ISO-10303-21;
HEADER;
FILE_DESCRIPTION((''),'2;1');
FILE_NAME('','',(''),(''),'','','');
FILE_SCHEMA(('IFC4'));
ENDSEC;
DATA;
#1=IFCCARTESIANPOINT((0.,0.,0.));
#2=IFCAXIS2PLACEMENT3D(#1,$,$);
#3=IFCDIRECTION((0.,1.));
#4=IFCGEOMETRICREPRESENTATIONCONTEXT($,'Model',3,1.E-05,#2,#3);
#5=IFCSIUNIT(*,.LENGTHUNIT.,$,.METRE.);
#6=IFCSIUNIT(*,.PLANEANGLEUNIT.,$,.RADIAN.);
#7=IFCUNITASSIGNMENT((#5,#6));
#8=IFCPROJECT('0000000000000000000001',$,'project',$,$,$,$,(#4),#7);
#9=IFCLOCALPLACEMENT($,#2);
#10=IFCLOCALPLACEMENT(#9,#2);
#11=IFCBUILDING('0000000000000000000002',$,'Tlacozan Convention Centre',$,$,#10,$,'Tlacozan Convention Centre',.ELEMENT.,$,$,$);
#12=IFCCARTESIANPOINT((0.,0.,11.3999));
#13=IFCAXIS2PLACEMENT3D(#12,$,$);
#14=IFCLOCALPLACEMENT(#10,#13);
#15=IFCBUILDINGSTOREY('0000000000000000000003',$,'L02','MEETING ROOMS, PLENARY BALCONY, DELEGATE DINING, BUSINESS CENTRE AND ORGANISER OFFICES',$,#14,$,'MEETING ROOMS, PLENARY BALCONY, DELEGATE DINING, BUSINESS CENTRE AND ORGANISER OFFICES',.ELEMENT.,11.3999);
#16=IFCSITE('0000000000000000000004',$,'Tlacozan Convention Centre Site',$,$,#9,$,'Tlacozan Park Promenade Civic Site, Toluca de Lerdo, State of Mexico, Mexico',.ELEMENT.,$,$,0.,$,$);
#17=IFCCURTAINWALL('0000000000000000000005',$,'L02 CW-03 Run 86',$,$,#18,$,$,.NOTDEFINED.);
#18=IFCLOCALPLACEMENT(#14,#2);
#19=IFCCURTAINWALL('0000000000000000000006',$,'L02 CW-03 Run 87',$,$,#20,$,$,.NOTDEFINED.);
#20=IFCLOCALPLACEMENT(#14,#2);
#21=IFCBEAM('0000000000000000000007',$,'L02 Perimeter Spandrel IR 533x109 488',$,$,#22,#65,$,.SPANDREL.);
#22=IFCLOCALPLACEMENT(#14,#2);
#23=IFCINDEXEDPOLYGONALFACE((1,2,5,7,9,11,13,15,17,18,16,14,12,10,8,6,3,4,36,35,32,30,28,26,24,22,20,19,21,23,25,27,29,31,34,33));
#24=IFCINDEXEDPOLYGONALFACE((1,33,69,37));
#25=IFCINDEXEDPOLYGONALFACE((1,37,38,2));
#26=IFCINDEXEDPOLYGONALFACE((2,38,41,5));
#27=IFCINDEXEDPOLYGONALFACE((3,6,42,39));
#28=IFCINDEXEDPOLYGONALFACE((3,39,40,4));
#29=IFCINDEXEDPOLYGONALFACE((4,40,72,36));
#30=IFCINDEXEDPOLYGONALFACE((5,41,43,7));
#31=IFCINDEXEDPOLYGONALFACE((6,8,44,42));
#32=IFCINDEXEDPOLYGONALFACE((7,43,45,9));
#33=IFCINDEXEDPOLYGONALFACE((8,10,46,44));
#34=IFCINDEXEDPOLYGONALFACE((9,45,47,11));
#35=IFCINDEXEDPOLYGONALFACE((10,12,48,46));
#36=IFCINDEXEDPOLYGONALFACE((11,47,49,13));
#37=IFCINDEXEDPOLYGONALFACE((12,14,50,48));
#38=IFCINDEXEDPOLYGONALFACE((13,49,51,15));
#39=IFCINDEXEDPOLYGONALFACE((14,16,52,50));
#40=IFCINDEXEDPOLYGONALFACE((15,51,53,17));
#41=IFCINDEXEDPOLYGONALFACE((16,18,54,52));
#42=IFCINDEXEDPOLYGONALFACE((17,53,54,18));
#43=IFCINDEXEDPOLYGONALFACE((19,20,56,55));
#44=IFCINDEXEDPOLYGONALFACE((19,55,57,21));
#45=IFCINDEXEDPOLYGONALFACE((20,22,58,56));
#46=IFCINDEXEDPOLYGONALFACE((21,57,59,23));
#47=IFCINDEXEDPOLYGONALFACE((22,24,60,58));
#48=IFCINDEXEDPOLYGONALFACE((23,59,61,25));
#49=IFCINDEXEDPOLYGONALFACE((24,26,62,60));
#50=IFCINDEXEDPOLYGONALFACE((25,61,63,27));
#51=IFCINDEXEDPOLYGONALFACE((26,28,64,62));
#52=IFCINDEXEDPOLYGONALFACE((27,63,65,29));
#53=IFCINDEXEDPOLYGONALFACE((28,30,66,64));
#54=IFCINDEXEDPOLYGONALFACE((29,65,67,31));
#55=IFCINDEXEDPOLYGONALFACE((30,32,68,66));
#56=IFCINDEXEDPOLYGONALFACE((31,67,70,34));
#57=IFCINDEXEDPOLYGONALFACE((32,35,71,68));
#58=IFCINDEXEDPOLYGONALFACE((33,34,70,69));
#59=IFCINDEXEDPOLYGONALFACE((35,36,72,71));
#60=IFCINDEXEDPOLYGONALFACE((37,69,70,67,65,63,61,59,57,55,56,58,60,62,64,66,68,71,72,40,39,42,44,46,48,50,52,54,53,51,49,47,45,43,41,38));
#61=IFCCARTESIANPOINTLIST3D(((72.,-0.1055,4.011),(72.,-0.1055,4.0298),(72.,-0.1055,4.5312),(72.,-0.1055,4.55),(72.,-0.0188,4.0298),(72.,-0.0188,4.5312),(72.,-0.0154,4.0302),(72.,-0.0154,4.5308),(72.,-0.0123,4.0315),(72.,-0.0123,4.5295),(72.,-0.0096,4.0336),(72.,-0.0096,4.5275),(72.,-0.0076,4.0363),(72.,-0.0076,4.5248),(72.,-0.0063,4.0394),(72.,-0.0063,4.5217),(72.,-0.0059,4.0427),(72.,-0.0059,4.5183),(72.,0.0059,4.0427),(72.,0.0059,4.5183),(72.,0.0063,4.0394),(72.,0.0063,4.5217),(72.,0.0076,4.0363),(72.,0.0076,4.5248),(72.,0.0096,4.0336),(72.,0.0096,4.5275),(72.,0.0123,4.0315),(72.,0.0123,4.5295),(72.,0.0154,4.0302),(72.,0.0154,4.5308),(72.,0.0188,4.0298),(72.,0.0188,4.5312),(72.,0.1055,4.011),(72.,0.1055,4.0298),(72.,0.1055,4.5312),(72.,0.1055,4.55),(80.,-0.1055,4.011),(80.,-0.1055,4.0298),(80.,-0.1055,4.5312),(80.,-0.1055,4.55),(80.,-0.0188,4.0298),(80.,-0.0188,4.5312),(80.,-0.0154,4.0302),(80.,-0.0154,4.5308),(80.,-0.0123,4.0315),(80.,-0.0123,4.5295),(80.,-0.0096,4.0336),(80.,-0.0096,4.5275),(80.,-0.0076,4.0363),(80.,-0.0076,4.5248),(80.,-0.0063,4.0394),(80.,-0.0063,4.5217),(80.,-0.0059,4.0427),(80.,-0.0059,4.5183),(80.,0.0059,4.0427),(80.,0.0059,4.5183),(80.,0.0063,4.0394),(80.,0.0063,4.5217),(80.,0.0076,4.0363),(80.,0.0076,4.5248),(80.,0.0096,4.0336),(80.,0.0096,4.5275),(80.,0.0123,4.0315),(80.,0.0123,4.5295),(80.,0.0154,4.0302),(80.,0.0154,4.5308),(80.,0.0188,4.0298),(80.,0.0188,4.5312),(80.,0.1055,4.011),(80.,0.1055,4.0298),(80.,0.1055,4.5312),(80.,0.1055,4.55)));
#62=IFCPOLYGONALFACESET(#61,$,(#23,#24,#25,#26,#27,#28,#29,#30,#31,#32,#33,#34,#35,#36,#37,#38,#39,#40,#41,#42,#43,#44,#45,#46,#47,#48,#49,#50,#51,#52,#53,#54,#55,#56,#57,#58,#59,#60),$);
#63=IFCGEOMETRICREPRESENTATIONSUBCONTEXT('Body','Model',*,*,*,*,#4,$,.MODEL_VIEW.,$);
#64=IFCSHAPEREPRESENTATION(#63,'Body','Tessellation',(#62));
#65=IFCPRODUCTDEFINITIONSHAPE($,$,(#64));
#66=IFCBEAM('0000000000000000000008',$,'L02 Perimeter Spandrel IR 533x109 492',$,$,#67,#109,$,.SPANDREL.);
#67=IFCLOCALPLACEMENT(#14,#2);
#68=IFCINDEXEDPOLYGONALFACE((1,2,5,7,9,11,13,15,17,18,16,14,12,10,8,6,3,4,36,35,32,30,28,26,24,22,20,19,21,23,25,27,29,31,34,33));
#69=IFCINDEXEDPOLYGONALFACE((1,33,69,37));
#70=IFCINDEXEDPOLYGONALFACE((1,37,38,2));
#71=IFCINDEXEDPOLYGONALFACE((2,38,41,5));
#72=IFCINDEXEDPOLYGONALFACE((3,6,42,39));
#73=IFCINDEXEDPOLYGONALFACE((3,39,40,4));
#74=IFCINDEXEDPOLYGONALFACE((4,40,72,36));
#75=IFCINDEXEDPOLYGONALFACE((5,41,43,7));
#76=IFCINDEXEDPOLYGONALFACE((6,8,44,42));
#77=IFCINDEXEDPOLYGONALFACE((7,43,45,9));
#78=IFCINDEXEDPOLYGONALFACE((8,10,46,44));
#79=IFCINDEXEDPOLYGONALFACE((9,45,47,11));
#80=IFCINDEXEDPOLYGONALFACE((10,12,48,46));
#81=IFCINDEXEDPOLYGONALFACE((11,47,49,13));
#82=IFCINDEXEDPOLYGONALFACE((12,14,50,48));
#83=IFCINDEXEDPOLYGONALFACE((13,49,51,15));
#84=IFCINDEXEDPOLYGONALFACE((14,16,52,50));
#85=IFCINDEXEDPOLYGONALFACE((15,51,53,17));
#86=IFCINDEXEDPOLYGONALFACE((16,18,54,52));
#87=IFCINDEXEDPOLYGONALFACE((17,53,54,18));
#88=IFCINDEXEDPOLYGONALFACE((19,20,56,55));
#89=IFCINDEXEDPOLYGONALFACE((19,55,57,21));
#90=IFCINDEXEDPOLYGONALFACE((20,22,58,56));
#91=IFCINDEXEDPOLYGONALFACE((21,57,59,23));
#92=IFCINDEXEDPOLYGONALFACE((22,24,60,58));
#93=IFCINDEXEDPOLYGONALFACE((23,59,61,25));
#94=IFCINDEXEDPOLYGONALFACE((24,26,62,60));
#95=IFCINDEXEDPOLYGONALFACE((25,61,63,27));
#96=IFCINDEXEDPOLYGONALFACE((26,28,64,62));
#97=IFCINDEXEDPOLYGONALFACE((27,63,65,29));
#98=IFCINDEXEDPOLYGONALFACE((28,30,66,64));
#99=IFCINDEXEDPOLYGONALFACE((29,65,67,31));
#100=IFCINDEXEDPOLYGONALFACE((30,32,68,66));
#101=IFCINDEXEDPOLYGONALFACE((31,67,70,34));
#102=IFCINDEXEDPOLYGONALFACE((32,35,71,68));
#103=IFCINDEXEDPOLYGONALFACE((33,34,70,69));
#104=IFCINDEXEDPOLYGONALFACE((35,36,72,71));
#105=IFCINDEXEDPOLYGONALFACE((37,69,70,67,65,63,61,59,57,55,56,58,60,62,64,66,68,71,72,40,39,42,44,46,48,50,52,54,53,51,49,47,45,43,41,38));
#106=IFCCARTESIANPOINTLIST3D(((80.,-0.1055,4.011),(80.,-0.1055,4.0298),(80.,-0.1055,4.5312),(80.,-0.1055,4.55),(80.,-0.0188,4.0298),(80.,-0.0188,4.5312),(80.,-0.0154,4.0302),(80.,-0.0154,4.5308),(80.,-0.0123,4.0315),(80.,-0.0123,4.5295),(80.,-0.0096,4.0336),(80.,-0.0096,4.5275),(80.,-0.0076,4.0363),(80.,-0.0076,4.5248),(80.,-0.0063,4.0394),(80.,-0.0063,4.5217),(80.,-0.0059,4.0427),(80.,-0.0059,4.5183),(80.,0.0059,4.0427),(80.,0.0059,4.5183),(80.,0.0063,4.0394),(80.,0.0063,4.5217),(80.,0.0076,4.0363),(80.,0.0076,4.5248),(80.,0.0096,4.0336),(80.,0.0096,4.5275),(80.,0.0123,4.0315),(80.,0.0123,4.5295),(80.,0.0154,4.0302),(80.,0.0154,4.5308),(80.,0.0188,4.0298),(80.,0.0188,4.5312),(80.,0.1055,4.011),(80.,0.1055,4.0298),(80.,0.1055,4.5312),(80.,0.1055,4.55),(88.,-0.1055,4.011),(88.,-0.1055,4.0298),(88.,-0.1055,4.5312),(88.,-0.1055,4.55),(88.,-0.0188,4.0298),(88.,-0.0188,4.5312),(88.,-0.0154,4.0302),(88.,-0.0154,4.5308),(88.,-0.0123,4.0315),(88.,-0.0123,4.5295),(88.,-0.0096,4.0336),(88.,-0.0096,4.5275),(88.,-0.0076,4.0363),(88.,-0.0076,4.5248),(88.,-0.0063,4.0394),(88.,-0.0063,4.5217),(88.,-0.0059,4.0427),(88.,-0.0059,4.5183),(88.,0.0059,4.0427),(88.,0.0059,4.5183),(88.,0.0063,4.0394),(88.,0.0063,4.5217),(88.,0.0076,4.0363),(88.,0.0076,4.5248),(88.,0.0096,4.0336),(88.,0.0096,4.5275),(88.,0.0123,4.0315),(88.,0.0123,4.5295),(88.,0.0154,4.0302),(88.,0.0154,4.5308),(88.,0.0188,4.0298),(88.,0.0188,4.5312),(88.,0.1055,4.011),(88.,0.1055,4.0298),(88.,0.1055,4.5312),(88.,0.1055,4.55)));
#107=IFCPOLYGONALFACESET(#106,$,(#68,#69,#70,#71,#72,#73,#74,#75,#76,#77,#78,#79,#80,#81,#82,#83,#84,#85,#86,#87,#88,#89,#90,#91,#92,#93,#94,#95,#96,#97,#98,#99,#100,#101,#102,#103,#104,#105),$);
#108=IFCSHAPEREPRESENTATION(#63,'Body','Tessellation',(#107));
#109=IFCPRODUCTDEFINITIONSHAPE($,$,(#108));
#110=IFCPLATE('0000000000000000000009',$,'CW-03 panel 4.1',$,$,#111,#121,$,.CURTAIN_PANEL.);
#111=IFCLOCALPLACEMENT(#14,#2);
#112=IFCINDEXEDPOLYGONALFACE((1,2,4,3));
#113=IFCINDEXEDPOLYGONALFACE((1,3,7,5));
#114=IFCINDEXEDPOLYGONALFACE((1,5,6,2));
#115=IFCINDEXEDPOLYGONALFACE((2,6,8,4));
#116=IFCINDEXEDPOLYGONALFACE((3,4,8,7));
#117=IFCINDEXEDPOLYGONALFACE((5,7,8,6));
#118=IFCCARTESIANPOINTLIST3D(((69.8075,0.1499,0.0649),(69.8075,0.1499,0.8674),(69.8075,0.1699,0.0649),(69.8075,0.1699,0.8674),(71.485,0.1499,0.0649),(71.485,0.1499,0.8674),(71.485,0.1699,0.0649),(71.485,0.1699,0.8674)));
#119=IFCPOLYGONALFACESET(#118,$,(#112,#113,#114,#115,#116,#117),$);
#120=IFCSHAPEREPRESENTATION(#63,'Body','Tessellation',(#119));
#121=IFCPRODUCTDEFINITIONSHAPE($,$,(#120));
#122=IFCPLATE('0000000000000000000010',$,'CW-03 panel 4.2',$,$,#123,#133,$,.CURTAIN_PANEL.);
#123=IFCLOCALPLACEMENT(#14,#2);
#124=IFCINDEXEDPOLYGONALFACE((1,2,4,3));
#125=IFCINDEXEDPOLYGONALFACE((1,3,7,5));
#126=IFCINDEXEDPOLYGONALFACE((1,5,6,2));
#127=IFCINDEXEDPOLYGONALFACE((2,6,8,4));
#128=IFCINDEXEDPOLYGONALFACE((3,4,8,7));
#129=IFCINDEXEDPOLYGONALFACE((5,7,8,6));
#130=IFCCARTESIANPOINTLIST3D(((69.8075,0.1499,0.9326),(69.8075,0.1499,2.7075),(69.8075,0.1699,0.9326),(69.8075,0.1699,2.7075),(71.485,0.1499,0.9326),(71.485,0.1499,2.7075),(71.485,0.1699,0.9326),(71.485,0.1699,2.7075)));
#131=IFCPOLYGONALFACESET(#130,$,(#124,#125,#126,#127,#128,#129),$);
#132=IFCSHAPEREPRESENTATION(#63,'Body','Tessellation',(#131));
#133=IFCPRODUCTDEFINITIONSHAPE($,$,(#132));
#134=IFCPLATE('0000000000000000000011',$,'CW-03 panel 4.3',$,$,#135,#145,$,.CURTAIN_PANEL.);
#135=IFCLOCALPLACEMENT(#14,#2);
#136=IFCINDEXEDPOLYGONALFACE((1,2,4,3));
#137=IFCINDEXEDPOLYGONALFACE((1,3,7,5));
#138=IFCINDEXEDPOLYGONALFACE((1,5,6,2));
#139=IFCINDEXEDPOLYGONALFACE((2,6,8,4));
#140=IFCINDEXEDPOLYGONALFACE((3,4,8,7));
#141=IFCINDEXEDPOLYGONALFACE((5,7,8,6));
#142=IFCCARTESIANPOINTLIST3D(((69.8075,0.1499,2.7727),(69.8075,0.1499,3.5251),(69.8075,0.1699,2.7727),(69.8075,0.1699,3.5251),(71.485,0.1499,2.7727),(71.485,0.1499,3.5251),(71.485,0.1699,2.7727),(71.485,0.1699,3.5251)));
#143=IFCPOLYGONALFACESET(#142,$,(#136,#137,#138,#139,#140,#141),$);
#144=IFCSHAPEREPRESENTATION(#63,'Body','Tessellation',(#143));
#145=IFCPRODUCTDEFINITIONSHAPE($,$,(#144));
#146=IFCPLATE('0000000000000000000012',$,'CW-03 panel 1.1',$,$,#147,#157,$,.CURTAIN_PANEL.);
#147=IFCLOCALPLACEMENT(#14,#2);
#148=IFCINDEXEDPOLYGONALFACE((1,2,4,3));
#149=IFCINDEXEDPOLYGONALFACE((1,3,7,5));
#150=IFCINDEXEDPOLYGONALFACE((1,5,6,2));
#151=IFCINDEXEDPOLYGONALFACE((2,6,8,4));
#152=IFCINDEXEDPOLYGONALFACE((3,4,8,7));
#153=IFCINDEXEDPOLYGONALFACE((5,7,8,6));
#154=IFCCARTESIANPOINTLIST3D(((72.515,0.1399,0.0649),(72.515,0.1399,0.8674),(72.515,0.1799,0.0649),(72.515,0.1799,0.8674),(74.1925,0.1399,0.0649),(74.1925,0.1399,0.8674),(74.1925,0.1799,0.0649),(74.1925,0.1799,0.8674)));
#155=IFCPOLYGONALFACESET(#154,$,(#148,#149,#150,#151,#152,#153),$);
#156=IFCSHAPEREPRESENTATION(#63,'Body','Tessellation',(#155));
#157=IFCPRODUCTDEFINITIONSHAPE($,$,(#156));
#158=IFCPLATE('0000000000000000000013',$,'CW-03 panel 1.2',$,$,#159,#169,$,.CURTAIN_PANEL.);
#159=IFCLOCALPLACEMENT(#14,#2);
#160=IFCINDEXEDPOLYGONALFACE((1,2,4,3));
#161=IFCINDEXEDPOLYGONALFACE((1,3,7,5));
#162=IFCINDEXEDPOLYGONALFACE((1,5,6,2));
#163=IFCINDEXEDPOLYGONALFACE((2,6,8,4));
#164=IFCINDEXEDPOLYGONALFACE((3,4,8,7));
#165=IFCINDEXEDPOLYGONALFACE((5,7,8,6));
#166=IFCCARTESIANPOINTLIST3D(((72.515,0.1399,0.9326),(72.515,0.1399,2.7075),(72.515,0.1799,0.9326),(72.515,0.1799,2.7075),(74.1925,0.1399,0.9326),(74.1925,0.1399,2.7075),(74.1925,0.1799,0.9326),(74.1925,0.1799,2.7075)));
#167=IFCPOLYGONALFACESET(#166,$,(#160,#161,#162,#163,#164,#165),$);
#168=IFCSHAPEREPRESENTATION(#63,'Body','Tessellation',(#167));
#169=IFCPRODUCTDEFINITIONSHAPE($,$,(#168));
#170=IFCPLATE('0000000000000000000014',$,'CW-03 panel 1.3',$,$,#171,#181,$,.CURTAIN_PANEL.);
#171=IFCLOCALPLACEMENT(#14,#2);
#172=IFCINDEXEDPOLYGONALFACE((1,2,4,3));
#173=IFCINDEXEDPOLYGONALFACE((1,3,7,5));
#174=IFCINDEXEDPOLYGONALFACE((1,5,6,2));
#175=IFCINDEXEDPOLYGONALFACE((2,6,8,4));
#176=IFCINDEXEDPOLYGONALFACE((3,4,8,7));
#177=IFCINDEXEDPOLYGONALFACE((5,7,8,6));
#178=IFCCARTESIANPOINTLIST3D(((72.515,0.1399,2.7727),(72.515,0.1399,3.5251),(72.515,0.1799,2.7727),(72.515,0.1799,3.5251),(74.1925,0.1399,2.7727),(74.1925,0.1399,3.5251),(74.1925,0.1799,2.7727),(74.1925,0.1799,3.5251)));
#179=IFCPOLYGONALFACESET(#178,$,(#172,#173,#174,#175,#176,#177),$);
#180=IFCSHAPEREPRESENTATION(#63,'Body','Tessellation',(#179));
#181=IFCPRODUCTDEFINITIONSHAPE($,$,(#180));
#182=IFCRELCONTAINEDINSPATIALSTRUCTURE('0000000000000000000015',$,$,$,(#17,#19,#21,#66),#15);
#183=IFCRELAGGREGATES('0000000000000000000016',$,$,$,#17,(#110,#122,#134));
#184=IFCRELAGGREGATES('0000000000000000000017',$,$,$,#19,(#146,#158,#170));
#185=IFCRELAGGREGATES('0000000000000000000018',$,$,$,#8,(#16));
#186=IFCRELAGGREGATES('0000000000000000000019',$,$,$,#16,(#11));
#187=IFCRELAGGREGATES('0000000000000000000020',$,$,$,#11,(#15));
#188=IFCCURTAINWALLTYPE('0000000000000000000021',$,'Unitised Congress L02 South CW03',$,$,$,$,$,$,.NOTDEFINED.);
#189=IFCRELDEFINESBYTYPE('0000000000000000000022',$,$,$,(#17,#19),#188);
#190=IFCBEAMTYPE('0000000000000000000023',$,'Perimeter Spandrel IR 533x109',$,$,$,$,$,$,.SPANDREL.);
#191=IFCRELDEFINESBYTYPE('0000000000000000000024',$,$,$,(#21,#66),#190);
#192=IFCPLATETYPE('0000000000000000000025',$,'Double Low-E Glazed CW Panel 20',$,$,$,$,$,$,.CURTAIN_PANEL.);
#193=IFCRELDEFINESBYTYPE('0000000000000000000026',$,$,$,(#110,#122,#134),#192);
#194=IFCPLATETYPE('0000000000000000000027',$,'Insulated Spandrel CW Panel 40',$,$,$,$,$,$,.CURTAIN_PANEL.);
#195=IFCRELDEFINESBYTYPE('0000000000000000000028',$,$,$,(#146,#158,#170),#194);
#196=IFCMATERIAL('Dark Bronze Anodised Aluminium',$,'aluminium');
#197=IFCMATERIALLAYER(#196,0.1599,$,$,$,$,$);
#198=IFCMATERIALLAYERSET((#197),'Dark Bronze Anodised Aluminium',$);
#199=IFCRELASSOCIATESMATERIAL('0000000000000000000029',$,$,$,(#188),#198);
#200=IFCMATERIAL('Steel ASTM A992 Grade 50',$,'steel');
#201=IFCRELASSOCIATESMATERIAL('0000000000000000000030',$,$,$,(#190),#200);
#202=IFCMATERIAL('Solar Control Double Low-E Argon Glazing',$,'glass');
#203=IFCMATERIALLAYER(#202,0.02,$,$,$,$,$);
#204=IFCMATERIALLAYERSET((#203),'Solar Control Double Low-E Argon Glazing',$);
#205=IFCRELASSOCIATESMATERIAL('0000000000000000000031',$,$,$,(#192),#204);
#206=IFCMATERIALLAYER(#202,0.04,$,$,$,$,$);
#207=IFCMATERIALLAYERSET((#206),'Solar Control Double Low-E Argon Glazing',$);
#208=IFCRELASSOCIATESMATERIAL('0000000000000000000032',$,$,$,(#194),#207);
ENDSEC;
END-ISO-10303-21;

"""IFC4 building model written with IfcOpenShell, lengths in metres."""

from ifc_helpers import new_model, si_unit, direction, frame, origin, origin_2d, place, context, subcontext, project, spatial, rectangle, i_section, extrude, material, layer, layer_set, material_profile, profile_set, type_object, element, aggregate, save


model = new_model("IFC4")

# Units and contexts
model_context = context("Model", 3, precision=1e-05, world=origin(), true_north=direction((0.0, 1.0)))
body_context = subcontext(model_context, "Body", "Model", "MODEL_VIEW")
ifc_project = project(units=[si_unit("LENGTHUNIT", "METRE"), si_unit("PLANEANGLEUNIT", "RADIAN")], contexts=[model_context])

# Site, building, storey
site_placement = place(None, origin())
site = spatial("IfcSite", under=ifc_project, at=site_placement, Name="Tlacozan Convention Centre Site", LongName="Tlacozan Park Promenade Civic Site, Toluca de Lerdo, State of Mexico, Mexico", CompositionType="ELEMENT", RefElevation=0.0)
building_placement = place(site_placement, origin())
building = spatial("IfcBuilding", under=site, at=building_placement, Name="Tlacozan Convention Centre", LongName="Tlacozan Convention Centre", CompositionType="ELEMENT")
storey_placement = place(building_placement, frame((0.0, 0.0, 11.3999)))
storey = spatial("IfcBuildingStorey", under=building, at=storey_placement, Name="L02", Description="MEETING ROOMS, PLENARY BALCONY, DELEGATE DINING, BUSINESS CENTRE AND ORGANISER OFFICES", LongName="MEETING ROOMS, PLENARY BALCONY, DELEGATE DINING, BUSINESS CENTRE AND ORGANISER OFFICES", CompositionType="ELEMENT", Elevation=11.3999)

# Curtain walls
ifc_material_1 = material(Name="Dark Bronze Anodised Aluminium", Category="aluminium")
ifc_layer_1 = layer(ifc_material_1, 0.1599)
ifc_layer_set_1 = layer_set([ifc_layer_1], Name="Dark Bronze Anodised Aluminium")
curtain_wall_type = type_object("IfcCurtainWallType", Name="Unitised Congress L02 South CW03", PredefinedType="NOTDEFINED", material=ifc_layer_set_1)
curtain_wall_1_placement = place(storey_placement, origin())
curtain_wall_1 = element("IfcCurtainWall", 1, at=curtain_wall_1_placement, inside=storey, type_object=curtain_wall_type, Name="L02 CW-03 Run 86", PredefinedType="NOTDEFINED")
curtain_wall_2_placement = place(storey_placement, origin())
curtain_wall_2 = element("IfcCurtainWall", 2, at=curtain_wall_2_placement, inside=storey, type_object=curtain_wall_type, Name="L02 CW-03 Run 87", PredefinedType="NOTDEFINED")

# Beams
ifc_material_2 = material(Name="Steel ASTM A992 Grade 50", Category="steel")
ifc_material_profile_1 = material_profile(ifc_material_2, i_section(OverallWidth=0.2109, OverallDepth=0.5391, WebThickness=0.0117, FlangeThickness=0.0188, FilletRadius=0.0129, at=origin_2d()), Name="IR 533x109.0")
ifc_profile_set_1 = profile_set([ifc_material_profile_1], Name="Steel ASTM A992 Grade 50")
beam_type_1 = type_object("IfcBeamType", Name="Perimeter Spandrel IR 533x109", PredefinedType="SPANDREL", material=ifc_profile_set_1)
for number, where, z_axis, x_axis, name in (
    (3, (72.0, 0.0, 4.2805), (1.0, 0.0, 0.0), (0.0, 1.0, 0.0), "L02 Perimeter Spandrel IR 533x109 488"),
    (4, (80.0, 0.0, 4.2805), (1.0, 0.0, 0.0), (0.0, 1.0, 0.0), "L02 Perimeter Spandrel IR 533x109 492"),
):
    element("IfcBeam", number, at=place(storey_placement, frame(where, z_axis=z_axis, x_axis=x_axis)), inside=storey, type_object=beam_type_1, Name=name, PredefinedType="SPANDREL", context=body_context, shape_type="SweptSolid", body=[
        extrude(i_section(OverallWidth=0.2109, OverallDepth=0.5391, WebThickness=0.0117, FlangeThickness=0.0188, FilletRadius=0.0129, at=origin_2d()), origin(), (0.0, 0.0, 1.0), 8.0),
    ])

# Plates
ifc_material_3 = material(Name="Solar Control Double Low-E Argon Glazing", Category="glass")
ifc_layer_2 = layer(ifc_material_3, 0.02)
ifc_layer_set_2 = layer_set([ifc_layer_2], Name="Solar Control Double Low-E Argon Glazing")
plate_type_1 = type_object("IfcPlateType", Name="Double Low-E Glazed CW Panel 20", PredefinedType="CURTAIN_PANEL", material=ifc_layer_set_2)
plate_1_placement = place(storey_placement, frame((70.6462, 0.1599, 0.0649), z_axis=(0.0, 0.0, 1.0), x_axis=(1.0, 0.0, 0.0)))
plate_1 = element("IfcPlate", 5, at=plate_1_placement, type_object=plate_type_1, Name="CW-03 panel 4.1", PredefinedType="CURTAIN_PANEL", context=body_context, shape_type="SweptSolid", body=[
    extrude(rectangle(XDim=1.6775, YDim=0.02, at=origin_2d()), origin(), (0.0, 0.0, 1.0), 0.8025),
])
plate_2_placement = place(storey_placement, frame((70.6462, 0.1599, 0.9326), z_axis=(0.0, 0.0, 1.0), x_axis=(1.0, 0.0, 0.0)))
plate_2 = element("IfcPlate", 6, at=plate_2_placement, type_object=plate_type_1, Name="CW-03 panel 4.2", PredefinedType="CURTAIN_PANEL", context=body_context, shape_type="SweptSolid", body=[
    extrude(rectangle(XDim=1.6775, YDim=0.02, at=origin_2d()), origin(), (0.0, 0.0, 1.0), 1.7749),
])
plate_3_placement = place(storey_placement, frame((70.6462, 0.1599, 2.7727), z_axis=(0.0, 0.0, 1.0), x_axis=(1.0, 0.0, 0.0)))
plate_3 = element("IfcPlate", 7, at=plate_3_placement, type_object=plate_type_1, Name="CW-03 panel 4.3", PredefinedType="CURTAIN_PANEL", context=body_context, shape_type="SweptSolid", body=[
    extrude(rectangle(XDim=1.6775, YDim=0.02, at=origin_2d()), origin(), (0.0, 0.0, 1.0), 0.7524),
])
aggregate(curtain_wall_1, [plate_1, plate_2, plate_3])
ifc_layer_3 = layer(ifc_material_3, 0.04)
ifc_layer_set_3 = layer_set([ifc_layer_3], Name="Solar Control Double Low-E Argon Glazing")
plate_type_2 = type_object("IfcPlateType", Name="Insulated Spandrel CW Panel 40", PredefinedType="CURTAIN_PANEL", material=ifc_layer_set_3)
plate_4_placement = place(storey_placement, frame((73.3538, 0.1599, 0.0649), z_axis=(0.0, 0.0, 1.0), x_axis=(1.0, 0.0, 0.0)))
plate_4 = element("IfcPlate", 8, at=plate_4_placement, type_object=plate_type_2, Name="CW-03 panel 1.1", PredefinedType="CURTAIN_PANEL", context=body_context, shape_type="SweptSolid", body=[
    extrude(rectangle(XDim=1.6775, YDim=0.04, at=origin_2d()), origin(), (0.0, 0.0, 1.0), 0.8025),
])
plate_5_placement = place(storey_placement, frame((73.3538, 0.1599, 0.9326), z_axis=(0.0, 0.0, 1.0), x_axis=(1.0, 0.0, 0.0)))
plate_5 = element("IfcPlate", 9, at=plate_5_placement, type_object=plate_type_2, Name="CW-03 panel 1.2", PredefinedType="CURTAIN_PANEL", context=body_context, shape_type="SweptSolid", body=[
    extrude(rectangle(XDim=1.6775, YDim=0.04, at=origin_2d()), origin(), (0.0, 0.0, 1.0), 1.7749),
])
plate_6_placement = place(storey_placement, frame((73.3538, 0.1599, 2.7727), z_axis=(0.0, 0.0, 1.0), x_axis=(1.0, 0.0, 0.0)))
plate_6 = element("IfcPlate", 10, at=plate_6_placement, type_object=plate_type_2, Name="CW-03 panel 1.3", PredefinedType="CURTAIN_PANEL", context=body_context, shape_type="SweptSolid", body=[
    extrude(rectangle(XDim=1.6775, YDim=0.04, at=origin_2d()), origin(), (0.0, 0.0, 1.0), 0.7524),
])
aggregate(curtain_wall_2, [plate_4, plate_5, plate_6])

save(model, "model.ifc")
